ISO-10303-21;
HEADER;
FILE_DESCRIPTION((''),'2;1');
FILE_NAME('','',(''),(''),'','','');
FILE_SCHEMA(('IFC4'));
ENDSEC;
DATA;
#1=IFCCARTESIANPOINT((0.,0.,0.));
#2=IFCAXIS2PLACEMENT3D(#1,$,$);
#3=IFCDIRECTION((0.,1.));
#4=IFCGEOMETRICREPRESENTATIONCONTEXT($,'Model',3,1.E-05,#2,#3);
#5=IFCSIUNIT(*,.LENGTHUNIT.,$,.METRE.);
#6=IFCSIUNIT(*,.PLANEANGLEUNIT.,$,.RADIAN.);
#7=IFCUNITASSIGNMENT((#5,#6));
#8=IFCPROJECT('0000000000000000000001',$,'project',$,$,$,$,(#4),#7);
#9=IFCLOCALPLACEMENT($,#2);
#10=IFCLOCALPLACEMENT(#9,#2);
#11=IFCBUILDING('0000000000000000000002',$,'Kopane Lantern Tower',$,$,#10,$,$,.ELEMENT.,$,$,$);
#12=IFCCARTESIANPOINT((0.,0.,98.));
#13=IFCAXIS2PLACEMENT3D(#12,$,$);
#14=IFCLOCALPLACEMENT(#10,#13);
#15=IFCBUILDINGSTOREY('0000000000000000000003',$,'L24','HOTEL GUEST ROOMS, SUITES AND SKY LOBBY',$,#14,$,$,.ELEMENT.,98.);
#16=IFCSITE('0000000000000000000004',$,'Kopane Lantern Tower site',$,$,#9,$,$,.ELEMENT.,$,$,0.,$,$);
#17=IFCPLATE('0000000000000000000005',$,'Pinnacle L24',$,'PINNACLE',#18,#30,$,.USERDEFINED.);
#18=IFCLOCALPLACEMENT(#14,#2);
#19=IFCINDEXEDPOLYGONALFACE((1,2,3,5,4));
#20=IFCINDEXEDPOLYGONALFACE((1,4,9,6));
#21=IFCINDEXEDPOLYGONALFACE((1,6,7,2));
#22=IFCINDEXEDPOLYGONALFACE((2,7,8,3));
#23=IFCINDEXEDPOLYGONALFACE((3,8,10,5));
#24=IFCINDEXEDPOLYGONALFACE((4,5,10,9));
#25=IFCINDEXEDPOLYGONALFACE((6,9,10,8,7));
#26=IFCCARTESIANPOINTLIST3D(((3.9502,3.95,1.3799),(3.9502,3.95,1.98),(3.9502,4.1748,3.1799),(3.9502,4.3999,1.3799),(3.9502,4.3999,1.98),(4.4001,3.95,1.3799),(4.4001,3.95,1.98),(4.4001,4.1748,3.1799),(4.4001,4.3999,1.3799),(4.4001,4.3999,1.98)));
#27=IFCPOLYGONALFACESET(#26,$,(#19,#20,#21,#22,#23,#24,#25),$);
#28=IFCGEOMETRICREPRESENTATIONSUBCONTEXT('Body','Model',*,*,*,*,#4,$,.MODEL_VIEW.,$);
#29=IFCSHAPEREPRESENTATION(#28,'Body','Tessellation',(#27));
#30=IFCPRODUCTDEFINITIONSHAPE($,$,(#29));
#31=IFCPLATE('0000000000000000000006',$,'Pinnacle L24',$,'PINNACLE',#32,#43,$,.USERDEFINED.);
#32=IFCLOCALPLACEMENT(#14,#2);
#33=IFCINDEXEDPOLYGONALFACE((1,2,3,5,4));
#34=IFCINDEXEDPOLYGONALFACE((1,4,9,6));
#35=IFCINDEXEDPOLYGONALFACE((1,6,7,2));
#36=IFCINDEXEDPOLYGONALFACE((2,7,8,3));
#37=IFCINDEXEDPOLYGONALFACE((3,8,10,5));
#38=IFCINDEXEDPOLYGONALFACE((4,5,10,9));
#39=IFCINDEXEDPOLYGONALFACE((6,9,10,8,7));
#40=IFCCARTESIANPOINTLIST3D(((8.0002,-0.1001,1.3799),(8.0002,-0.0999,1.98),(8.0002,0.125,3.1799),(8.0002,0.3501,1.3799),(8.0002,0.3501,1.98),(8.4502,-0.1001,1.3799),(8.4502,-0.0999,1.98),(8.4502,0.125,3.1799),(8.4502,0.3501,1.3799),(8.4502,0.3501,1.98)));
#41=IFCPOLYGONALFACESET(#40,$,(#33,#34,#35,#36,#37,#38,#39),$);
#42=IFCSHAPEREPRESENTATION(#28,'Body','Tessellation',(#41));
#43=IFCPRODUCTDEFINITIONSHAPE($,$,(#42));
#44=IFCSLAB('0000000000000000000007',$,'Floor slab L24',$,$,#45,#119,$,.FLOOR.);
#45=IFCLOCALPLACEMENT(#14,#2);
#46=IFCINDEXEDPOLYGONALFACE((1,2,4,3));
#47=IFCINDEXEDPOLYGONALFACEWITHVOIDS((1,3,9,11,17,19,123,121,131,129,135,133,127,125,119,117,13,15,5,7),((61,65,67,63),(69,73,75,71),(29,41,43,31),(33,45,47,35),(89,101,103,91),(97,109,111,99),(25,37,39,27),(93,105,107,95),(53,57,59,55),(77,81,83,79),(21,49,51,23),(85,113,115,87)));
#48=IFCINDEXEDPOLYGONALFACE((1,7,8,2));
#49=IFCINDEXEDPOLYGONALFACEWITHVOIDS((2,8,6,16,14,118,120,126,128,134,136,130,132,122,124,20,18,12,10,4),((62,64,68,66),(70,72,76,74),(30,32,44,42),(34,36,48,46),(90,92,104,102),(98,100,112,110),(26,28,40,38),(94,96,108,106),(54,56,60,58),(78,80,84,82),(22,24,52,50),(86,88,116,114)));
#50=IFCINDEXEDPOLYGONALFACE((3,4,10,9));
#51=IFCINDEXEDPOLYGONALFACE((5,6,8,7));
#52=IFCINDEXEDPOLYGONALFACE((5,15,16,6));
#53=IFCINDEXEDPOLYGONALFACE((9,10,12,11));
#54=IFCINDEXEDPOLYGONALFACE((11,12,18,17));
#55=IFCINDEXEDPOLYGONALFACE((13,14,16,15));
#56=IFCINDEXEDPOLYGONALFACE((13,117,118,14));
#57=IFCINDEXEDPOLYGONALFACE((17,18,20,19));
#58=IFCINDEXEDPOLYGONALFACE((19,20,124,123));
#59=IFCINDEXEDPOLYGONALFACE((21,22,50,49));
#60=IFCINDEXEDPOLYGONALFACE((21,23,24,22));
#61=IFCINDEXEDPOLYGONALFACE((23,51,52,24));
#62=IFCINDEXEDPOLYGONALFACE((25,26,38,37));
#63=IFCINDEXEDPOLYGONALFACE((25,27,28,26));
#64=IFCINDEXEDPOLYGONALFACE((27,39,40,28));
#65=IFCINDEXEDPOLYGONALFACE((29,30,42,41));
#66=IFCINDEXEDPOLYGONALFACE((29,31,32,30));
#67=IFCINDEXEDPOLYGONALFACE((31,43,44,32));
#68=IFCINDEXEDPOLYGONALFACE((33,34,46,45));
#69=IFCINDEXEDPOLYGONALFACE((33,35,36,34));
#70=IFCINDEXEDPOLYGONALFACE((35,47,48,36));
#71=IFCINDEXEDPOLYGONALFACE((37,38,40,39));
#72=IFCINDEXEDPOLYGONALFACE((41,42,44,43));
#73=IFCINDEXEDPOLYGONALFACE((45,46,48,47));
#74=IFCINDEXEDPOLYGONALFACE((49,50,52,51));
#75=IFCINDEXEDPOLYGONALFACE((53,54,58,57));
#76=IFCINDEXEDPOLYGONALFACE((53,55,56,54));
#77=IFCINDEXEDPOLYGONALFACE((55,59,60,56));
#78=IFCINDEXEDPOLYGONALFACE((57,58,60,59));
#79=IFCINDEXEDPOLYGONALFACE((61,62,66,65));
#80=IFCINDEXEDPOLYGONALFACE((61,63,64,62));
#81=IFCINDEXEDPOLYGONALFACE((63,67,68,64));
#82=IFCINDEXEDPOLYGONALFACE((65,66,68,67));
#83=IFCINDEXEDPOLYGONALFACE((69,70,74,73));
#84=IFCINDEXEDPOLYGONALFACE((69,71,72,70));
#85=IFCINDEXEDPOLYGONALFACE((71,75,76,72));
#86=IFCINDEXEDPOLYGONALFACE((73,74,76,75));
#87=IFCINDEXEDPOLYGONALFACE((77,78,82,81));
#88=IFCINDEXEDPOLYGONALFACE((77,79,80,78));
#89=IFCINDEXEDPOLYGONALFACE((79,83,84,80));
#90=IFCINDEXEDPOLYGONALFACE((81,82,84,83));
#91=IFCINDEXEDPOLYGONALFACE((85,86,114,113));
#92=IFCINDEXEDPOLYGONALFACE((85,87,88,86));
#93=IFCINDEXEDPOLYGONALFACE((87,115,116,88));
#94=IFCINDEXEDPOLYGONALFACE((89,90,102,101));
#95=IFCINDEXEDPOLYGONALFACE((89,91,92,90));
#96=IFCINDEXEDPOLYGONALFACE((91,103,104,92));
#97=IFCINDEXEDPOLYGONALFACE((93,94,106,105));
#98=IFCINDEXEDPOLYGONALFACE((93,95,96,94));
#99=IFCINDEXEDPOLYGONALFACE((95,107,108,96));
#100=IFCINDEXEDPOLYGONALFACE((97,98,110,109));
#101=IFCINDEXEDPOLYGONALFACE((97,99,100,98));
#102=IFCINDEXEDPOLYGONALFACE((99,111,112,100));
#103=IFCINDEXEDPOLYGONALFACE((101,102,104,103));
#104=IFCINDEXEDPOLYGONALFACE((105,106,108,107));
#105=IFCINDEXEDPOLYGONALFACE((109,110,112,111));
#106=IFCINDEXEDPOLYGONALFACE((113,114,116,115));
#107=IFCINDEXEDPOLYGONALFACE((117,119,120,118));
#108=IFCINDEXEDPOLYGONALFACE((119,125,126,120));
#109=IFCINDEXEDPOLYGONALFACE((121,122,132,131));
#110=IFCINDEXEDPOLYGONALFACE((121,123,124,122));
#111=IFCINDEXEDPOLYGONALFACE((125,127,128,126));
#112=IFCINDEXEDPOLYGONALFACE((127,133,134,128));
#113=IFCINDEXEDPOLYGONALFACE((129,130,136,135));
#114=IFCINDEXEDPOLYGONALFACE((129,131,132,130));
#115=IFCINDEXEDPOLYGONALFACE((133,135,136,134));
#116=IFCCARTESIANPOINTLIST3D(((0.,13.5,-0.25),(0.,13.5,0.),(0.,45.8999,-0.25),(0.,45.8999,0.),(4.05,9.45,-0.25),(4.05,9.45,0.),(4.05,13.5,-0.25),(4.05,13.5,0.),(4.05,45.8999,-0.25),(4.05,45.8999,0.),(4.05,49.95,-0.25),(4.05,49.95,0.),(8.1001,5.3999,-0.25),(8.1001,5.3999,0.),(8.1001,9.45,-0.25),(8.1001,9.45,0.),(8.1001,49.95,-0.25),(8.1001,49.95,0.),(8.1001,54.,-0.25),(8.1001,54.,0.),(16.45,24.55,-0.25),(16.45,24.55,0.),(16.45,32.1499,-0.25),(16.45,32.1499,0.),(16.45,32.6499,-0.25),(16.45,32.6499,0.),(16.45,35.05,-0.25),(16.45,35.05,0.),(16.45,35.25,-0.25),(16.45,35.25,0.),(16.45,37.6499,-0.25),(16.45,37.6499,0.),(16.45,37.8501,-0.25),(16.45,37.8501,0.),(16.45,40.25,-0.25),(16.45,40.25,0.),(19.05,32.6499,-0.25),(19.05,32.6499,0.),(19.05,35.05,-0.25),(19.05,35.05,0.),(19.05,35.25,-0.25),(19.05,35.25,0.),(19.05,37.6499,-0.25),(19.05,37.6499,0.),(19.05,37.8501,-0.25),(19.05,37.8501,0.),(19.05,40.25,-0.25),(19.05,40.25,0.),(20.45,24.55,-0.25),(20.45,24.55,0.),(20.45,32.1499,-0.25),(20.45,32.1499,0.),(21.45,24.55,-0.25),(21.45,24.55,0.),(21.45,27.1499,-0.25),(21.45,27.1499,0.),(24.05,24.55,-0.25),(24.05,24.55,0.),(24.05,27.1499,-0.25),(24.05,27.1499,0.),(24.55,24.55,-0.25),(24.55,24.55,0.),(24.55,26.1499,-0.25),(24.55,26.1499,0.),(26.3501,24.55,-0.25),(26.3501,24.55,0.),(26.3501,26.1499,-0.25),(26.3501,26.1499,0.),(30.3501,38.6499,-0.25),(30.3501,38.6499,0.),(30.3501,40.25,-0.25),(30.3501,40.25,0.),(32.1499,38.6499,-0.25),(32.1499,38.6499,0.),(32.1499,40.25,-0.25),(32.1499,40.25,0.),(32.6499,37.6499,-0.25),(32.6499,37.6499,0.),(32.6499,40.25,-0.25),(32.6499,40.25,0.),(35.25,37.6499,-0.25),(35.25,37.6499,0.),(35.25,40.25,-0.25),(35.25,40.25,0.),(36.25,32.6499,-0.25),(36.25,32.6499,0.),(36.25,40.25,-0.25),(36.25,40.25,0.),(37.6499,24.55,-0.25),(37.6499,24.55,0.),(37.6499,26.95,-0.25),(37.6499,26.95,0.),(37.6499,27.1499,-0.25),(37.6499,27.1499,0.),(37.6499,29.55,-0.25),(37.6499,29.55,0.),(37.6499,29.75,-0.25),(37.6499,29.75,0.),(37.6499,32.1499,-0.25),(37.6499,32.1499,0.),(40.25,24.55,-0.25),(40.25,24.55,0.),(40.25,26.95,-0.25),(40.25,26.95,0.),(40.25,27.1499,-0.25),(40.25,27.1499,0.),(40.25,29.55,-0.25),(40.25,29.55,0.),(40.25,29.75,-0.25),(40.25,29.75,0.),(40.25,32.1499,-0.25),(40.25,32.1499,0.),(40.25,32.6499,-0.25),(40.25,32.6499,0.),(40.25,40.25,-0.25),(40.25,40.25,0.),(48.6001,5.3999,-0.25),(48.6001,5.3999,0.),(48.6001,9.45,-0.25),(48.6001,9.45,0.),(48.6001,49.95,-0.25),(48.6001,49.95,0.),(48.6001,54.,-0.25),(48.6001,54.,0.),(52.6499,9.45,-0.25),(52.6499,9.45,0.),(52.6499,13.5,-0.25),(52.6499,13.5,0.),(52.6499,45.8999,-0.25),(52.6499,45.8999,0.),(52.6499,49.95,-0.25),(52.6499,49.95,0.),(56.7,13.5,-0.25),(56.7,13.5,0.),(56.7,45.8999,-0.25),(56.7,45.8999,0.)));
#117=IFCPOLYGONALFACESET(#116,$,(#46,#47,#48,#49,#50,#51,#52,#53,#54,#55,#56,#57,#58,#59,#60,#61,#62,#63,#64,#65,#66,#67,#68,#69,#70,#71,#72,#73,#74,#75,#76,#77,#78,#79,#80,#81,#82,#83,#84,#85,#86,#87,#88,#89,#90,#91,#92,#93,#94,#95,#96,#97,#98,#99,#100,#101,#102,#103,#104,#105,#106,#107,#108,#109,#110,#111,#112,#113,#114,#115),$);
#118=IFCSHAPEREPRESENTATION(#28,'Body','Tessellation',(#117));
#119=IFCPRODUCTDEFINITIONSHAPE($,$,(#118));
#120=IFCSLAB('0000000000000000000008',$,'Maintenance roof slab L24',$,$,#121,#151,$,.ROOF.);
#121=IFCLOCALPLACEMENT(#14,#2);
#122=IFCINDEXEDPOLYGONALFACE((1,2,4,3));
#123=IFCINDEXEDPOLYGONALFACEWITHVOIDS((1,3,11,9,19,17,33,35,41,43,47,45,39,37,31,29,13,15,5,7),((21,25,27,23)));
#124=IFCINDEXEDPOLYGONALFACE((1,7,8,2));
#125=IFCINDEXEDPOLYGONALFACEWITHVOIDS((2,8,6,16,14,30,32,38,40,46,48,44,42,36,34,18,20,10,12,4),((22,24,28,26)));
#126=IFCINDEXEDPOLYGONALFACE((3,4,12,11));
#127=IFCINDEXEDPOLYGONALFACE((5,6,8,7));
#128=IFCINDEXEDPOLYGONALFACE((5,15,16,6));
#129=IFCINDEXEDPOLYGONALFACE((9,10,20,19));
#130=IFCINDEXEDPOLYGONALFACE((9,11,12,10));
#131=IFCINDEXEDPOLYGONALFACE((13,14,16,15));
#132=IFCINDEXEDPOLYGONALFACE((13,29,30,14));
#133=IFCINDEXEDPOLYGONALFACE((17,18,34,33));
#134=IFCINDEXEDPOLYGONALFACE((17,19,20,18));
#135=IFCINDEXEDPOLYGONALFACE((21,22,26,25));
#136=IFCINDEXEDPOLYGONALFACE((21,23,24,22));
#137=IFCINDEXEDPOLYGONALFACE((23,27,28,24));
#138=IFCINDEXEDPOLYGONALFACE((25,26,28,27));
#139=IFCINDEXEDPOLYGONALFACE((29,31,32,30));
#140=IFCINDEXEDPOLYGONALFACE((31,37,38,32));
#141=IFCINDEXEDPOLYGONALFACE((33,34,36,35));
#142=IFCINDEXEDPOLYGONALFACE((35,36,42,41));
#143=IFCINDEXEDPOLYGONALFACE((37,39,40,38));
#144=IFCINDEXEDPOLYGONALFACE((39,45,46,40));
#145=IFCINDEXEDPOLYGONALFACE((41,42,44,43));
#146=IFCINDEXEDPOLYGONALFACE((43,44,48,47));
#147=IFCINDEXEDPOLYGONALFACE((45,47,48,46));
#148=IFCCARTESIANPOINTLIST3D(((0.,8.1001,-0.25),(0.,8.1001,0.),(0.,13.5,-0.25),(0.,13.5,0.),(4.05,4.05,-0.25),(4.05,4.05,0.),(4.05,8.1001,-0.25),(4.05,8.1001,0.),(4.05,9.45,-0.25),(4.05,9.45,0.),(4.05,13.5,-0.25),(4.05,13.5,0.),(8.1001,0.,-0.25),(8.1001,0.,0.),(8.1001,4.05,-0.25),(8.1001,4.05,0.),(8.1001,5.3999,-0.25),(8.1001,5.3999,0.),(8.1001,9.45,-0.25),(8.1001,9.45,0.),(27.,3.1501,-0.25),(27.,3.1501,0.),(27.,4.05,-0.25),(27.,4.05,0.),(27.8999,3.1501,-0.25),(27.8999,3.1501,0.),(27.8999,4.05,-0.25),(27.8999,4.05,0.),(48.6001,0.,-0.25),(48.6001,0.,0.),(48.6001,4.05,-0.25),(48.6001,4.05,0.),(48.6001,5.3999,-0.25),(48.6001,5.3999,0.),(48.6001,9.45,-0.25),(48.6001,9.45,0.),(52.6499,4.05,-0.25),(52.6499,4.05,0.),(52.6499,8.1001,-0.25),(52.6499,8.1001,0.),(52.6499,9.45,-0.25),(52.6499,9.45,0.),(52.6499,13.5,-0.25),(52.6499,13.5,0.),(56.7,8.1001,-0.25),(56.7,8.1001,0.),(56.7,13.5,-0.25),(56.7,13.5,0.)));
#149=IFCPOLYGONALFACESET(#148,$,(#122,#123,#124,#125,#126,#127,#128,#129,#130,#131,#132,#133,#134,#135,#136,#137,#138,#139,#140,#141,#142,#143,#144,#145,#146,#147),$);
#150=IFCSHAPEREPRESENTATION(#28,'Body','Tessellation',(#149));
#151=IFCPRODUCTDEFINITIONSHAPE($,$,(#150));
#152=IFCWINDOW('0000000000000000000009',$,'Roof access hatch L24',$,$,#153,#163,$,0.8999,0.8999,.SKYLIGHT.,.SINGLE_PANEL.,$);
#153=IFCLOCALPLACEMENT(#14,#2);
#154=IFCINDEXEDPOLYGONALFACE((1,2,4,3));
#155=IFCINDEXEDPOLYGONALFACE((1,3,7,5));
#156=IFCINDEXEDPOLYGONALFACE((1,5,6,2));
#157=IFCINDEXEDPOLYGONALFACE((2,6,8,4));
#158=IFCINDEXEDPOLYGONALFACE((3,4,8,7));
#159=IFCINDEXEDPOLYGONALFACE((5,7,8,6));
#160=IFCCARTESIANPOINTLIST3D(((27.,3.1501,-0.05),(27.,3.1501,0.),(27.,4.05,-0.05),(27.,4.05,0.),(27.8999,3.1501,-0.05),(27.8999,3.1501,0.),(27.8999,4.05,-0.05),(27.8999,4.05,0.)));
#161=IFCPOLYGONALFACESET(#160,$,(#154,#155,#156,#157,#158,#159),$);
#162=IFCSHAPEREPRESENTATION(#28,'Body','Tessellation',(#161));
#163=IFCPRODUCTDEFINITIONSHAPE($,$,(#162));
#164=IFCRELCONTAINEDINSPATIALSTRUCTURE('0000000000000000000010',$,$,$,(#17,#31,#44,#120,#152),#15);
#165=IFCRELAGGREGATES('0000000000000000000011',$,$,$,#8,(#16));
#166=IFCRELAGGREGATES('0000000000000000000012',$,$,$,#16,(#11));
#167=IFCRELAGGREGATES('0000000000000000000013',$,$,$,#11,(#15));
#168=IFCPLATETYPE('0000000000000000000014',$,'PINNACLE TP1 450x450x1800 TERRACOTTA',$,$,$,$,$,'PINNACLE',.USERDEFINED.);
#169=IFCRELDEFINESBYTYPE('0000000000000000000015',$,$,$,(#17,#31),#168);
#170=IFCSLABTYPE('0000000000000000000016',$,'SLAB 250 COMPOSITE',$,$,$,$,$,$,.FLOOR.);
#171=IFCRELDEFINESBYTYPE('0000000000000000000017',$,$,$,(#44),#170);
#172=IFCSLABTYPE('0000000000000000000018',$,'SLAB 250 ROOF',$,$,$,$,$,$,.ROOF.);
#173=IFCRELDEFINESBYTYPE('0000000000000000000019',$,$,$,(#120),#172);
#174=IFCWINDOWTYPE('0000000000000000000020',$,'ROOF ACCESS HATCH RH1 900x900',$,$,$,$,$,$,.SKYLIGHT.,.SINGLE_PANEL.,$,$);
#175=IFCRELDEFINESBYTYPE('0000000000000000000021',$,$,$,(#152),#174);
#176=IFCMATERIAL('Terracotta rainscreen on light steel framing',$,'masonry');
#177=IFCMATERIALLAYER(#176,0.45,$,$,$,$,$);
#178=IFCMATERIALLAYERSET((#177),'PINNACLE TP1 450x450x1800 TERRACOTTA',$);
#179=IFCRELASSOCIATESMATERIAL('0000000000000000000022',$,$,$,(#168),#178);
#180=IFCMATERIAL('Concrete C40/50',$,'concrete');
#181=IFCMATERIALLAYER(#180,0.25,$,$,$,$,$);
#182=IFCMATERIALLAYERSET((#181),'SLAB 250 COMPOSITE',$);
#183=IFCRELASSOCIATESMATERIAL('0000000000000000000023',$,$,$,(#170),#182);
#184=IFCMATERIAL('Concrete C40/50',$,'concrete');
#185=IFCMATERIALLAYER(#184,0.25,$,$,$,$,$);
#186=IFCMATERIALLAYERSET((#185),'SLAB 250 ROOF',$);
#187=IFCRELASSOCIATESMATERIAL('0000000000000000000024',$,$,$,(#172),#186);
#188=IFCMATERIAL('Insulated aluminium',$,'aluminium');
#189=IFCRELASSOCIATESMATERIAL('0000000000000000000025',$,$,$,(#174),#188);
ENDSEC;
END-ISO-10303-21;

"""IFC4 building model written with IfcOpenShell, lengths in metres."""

from ifc_helpers import new_model, si_unit, direction, frame, origin, origin_2d, place, context, subcontext, project, spatial, polyline, rectangle, outline, extrude, material, layer, layer_set, type_object, element, fill, save


model = new_model("IFC4")

# Units and contexts
model_context = context("Model", 3, precision=1e-05, world=origin(), true_north=direction((0.0, 1.0)))
body_context = subcontext(model_context, "Body", "Model", "MODEL_VIEW")
ifc_project = project(units=[si_unit("LENGTHUNIT", "METRE"), si_unit("PLANEANGLEUNIT", "RADIAN")], contexts=[model_context])

# Site, building, storey
site_placement = place(None, origin())
site = spatial("IfcSite", under=ifc_project, at=site_placement, Name="Kopane Lantern Tower site", CompositionType="ELEMENT", RefElevation=0.0)
building_placement = place(site_placement, origin())
building = spatial("IfcBuilding", under=site, at=building_placement, Name="Kopane Lantern Tower", CompositionType="ELEMENT")
storey_placement = place(building_placement, frame((0.0, 0.0, 98.0)))
storey = spatial("IfcBuildingStorey", under=building, at=storey_placement, Name="L24", Description="HOTEL GUEST ROOMS, SUITES AND SKY LOBBY", CompositionType="ELEMENT", Elevation=98.0)

# Plates
ifc_material_1 = material(Name="Terracotta rainscreen on light steel framing", Category="masonry")
ifc_layer_1 = layer(ifc_material_1, 0.45)
ifc_layer_set_1 = layer_set([ifc_layer_1], Name="PINNACLE TP1 450x450x1800 TERRACOTTA")
plate_type_1 = type_object("IfcPlateType", Name="PINNACLE TP1 450x450x1800 TERRACOTTA", ElementType="PINNACLE", PredefinedType="USERDEFINED", material=ifc_layer_set_1)
for number, where, z_axis, x_axis, name in (
    (1, (4.175, 4.3999, 1.3799), (0.0, 0.0, 1.0), (0.0, -1.0, 0.0), "Pinnacle L24"),
):
    element("IfcPlate", number, at=place(storey_placement, frame(where, z_axis=z_axis, x_axis=x_axis)), inside=storey, type_object=plate_type_1, Name=name, ObjectType="PINNACLE", PredefinedType="USERDEFINED", context=body_context, shape_type="SweptSolid", body=[
        extrude(outline(polyline([(0.0, 0.0), (0.45, 0.0), (0.45, 0.6001), (0.2251, 1.8), (0.0, 0.6001), (0.0, 0.0)])), frame((0.0, 0.2251, 0.0), z_axis=(0.0, -1.0, 0.0), x_axis=(1.0, 0.0, 0.0)), (0.0, 0.0, 1.0), 0.45),
    ])
plate_1_placement = place(storey_placement, frame((8.2251, 0.3501, 1.3799), z_axis=(0.0, 0.0, 1.0), x_axis=(0.0, -1.0, 0.0)))
element("IfcPlate", 2, at=plate_1_placement, inside=storey, type_object=plate_type_1, Name="Pinnacle L24", ObjectType="PINNACLE", PredefinedType="USERDEFINED", context=body_context, shape_type="SweptSolid", body=[
    extrude(outline(polyline([(0.0, 0.0), (0.4502, 0.0), (0.45, 0.6001), (0.2251, 1.8), (0.0, 0.6001), (0.0, 0.0)])), frame((0.0, 0.2251, 0.0), z_axis=(0.0, -1.0, 0.0), x_axis=(1.0, 0.0, 0.0)), (0.0, 0.0, 1.0), 0.45),
])

# Slab
ifc_material_2 = material(Name="Concrete C40/50", Category="concrete")
ifc_layer_2 = layer(ifc_material_2, 0.25)
ifc_layer_set_2 = layer_set([ifc_layer_2], Name="SLAB 250 COMPOSITE")
slab_type_1 = type_object("IfcSlabType", Name="SLAB 250 COMPOSITE", PredefinedType="FLOOR", material=ifc_layer_set_2)
slab_1_placement = place(storey_placement, frame((0.0, 0.0, -0.25)))
element("IfcSlab", 3, at=slab_1_placement, inside=storey, type_object=slab_type_1, Name="Floor slab L24", PredefinedType="FLOOR", context=body_context, shape_type="SweptSolid", body=[
    extrude(outline(polyline([(8.1001, 5.3999), (48.6001, 5.3999), (48.6001, 9.45), (52.6499, 9.45), (52.6499, 13.5), (56.7, 13.5), (56.7, 45.8999), (52.6499, 45.8999), (52.6499, 49.95), (48.6001, 49.95), (48.6001, 54.0), (8.1001, 54.0), (8.1001, 49.95), (4.05, 49.95), (4.05, 45.8999), (0.0, 45.8999), (0.0, 13.5), (4.05, 13.5), (4.05, 9.45), (8.1001, 9.45), (8.1001, 5.3999)]), holes=[polyline([(16.45, 24.55), (20.45, 24.55), (20.45, 32.1499), (16.45, 32.1499), (16.45, 24.55)]), polyline([(36.25, 32.6499), (40.25, 32.6499), (40.25, 40.25), (36.25, 40.25), (36.25, 32.6499)]), polyline([(16.45, 32.6499), (19.05, 32.6499), (19.05, 35.05), (16.45, 35.05), (16.45, 32.6499)]), polyline([(16.45, 35.25), (19.05, 35.25), (19.05, 37.6499), (16.45, 37.6499), (16.45, 35.25)]), polyline([(16.45, 37.8501), (19.05, 37.8501), (19.05, 40.25), (16.45, 40.25), (16.45, 37.8501)]), polyline([(37.6499, 24.55), (40.25, 24.55), (40.25, 26.95), (37.6499, 26.95), (37.6499, 24.55)]), polyline([(37.6499, 27.1499), (40.25, 27.1499), (40.25, 29.55), (37.6499, 29.55), (37.6499, 27.1499)]), polyline([(37.6499, 29.75), (40.25, 29.75), (40.25, 32.1499), (37.6499, 32.1499), (37.6499, 29.75)]), polyline([(21.45, 24.55), (24.05, 24.55), (24.05, 27.1499), (21.45, 27.1499), (21.45, 24.55)]), polyline([(32.6499, 37.6499), (35.25, 37.6499), (35.25, 40.25), (32.6499, 40.25), (32.6499, 37.6499)]), polyline([(24.55, 24.55), (26.3501, 24.55), (26.3501, 26.1499), (24.55, 26.1499), (24.55, 24.55)]), polyline([(30.3501, 38.6499), (32.1499, 38.6499), (32.1499, 40.25), (30.3501, 40.25), (30.3501, 38.6499)])]), origin(), (0.0, 0.0, 1.0), 0.25),
])

# Slab, opening, window
ifc_material_3 = material(Name="Concrete C40/50", Category="concrete")
ifc_layer_3 = layer(ifc_material_3, 0.25)
ifc_layer_set_3 = layer_set([ifc_layer_3], Name="SLAB 250 ROOF")
slab_type_2 = type_object("IfcSlabType", Name="SLAB 250 ROOF", PredefinedType="ROOF", material=ifc_layer_set_3)
slab_2_placement = place(storey_placement, frame((0.0, 0.0, -0.25)))
slab_2 = element("IfcSlab", 4, at=slab_2_placement, inside=storey, type_object=slab_type_2, Name="Maintenance roof slab L24", PredefinedType="ROOF", context=body_context, shape_type="SweptSolid", body=[
    extrude(outline(polyline([(56.7, 8.1001), (52.6499, 8.1001), (52.6499, 4.05), (48.6001, 4.05), (48.6001, 0.0), (8.1001, 0.0), (8.1001, 4.05), (4.05, 4.05), (4.05, 8.1001), (0.0, 8.1001), (0.0, 13.5), (4.05, 13.5), (4.05, 9.45), (8.1001, 9.45), (8.1001, 5.3999), (48.6001, 5.3999), (48.6001, 9.45), (52.6499, 9.45), (52.6499, 13.5), (56.7, 13.5), (56.7, 8.1001)])), origin(), (0.0, 0.0, 1.0), 0.25),
])
opening_placement = place(slab_2_placement, frame((27.45, 3.6001, 0.0)))
opening = element("IfcOpeningElement", 5, at=opening_placement, cuts=slab_2, PredefinedType="OPENING", context=body_context, shape_type="SweptSolid", body=[
    extrude(rectangle(XDim=0.8999, YDim=0.8999, at=origin_2d()), origin(), (0.0, 0.0, 1.0), 0.25),
])
ifc_material_4 = material(Name="Insulated aluminium", Category="aluminium")
window_type = type_object("IfcWindowType", Name="ROOF ACCESS HATCH RH1 900x900", PartitioningType="SINGLE_PANEL", PredefinedType="SKYLIGHT", material=ifc_material_4)
window_placement = place(opening_placement, frame((0.0, 0.0, 0.2)))
window = element("IfcWindow", 6, at=window_placement, inside=storey, type_object=window_type, Name="Roof access hatch L24", OverallHeight=0.8999, OverallWidth=0.8999, PartitioningType="SINGLE_PANEL", PredefinedType="SKYLIGHT", context=body_context, shape_type="SweptSolid", body=[
    extrude(rectangle(XDim=0.8999, YDim=0.8999, at=origin_2d()), origin(), (0.0, 0.0, 1.0), 0.05),
])
fill(opening, window)

save(model, "model.ifc")
